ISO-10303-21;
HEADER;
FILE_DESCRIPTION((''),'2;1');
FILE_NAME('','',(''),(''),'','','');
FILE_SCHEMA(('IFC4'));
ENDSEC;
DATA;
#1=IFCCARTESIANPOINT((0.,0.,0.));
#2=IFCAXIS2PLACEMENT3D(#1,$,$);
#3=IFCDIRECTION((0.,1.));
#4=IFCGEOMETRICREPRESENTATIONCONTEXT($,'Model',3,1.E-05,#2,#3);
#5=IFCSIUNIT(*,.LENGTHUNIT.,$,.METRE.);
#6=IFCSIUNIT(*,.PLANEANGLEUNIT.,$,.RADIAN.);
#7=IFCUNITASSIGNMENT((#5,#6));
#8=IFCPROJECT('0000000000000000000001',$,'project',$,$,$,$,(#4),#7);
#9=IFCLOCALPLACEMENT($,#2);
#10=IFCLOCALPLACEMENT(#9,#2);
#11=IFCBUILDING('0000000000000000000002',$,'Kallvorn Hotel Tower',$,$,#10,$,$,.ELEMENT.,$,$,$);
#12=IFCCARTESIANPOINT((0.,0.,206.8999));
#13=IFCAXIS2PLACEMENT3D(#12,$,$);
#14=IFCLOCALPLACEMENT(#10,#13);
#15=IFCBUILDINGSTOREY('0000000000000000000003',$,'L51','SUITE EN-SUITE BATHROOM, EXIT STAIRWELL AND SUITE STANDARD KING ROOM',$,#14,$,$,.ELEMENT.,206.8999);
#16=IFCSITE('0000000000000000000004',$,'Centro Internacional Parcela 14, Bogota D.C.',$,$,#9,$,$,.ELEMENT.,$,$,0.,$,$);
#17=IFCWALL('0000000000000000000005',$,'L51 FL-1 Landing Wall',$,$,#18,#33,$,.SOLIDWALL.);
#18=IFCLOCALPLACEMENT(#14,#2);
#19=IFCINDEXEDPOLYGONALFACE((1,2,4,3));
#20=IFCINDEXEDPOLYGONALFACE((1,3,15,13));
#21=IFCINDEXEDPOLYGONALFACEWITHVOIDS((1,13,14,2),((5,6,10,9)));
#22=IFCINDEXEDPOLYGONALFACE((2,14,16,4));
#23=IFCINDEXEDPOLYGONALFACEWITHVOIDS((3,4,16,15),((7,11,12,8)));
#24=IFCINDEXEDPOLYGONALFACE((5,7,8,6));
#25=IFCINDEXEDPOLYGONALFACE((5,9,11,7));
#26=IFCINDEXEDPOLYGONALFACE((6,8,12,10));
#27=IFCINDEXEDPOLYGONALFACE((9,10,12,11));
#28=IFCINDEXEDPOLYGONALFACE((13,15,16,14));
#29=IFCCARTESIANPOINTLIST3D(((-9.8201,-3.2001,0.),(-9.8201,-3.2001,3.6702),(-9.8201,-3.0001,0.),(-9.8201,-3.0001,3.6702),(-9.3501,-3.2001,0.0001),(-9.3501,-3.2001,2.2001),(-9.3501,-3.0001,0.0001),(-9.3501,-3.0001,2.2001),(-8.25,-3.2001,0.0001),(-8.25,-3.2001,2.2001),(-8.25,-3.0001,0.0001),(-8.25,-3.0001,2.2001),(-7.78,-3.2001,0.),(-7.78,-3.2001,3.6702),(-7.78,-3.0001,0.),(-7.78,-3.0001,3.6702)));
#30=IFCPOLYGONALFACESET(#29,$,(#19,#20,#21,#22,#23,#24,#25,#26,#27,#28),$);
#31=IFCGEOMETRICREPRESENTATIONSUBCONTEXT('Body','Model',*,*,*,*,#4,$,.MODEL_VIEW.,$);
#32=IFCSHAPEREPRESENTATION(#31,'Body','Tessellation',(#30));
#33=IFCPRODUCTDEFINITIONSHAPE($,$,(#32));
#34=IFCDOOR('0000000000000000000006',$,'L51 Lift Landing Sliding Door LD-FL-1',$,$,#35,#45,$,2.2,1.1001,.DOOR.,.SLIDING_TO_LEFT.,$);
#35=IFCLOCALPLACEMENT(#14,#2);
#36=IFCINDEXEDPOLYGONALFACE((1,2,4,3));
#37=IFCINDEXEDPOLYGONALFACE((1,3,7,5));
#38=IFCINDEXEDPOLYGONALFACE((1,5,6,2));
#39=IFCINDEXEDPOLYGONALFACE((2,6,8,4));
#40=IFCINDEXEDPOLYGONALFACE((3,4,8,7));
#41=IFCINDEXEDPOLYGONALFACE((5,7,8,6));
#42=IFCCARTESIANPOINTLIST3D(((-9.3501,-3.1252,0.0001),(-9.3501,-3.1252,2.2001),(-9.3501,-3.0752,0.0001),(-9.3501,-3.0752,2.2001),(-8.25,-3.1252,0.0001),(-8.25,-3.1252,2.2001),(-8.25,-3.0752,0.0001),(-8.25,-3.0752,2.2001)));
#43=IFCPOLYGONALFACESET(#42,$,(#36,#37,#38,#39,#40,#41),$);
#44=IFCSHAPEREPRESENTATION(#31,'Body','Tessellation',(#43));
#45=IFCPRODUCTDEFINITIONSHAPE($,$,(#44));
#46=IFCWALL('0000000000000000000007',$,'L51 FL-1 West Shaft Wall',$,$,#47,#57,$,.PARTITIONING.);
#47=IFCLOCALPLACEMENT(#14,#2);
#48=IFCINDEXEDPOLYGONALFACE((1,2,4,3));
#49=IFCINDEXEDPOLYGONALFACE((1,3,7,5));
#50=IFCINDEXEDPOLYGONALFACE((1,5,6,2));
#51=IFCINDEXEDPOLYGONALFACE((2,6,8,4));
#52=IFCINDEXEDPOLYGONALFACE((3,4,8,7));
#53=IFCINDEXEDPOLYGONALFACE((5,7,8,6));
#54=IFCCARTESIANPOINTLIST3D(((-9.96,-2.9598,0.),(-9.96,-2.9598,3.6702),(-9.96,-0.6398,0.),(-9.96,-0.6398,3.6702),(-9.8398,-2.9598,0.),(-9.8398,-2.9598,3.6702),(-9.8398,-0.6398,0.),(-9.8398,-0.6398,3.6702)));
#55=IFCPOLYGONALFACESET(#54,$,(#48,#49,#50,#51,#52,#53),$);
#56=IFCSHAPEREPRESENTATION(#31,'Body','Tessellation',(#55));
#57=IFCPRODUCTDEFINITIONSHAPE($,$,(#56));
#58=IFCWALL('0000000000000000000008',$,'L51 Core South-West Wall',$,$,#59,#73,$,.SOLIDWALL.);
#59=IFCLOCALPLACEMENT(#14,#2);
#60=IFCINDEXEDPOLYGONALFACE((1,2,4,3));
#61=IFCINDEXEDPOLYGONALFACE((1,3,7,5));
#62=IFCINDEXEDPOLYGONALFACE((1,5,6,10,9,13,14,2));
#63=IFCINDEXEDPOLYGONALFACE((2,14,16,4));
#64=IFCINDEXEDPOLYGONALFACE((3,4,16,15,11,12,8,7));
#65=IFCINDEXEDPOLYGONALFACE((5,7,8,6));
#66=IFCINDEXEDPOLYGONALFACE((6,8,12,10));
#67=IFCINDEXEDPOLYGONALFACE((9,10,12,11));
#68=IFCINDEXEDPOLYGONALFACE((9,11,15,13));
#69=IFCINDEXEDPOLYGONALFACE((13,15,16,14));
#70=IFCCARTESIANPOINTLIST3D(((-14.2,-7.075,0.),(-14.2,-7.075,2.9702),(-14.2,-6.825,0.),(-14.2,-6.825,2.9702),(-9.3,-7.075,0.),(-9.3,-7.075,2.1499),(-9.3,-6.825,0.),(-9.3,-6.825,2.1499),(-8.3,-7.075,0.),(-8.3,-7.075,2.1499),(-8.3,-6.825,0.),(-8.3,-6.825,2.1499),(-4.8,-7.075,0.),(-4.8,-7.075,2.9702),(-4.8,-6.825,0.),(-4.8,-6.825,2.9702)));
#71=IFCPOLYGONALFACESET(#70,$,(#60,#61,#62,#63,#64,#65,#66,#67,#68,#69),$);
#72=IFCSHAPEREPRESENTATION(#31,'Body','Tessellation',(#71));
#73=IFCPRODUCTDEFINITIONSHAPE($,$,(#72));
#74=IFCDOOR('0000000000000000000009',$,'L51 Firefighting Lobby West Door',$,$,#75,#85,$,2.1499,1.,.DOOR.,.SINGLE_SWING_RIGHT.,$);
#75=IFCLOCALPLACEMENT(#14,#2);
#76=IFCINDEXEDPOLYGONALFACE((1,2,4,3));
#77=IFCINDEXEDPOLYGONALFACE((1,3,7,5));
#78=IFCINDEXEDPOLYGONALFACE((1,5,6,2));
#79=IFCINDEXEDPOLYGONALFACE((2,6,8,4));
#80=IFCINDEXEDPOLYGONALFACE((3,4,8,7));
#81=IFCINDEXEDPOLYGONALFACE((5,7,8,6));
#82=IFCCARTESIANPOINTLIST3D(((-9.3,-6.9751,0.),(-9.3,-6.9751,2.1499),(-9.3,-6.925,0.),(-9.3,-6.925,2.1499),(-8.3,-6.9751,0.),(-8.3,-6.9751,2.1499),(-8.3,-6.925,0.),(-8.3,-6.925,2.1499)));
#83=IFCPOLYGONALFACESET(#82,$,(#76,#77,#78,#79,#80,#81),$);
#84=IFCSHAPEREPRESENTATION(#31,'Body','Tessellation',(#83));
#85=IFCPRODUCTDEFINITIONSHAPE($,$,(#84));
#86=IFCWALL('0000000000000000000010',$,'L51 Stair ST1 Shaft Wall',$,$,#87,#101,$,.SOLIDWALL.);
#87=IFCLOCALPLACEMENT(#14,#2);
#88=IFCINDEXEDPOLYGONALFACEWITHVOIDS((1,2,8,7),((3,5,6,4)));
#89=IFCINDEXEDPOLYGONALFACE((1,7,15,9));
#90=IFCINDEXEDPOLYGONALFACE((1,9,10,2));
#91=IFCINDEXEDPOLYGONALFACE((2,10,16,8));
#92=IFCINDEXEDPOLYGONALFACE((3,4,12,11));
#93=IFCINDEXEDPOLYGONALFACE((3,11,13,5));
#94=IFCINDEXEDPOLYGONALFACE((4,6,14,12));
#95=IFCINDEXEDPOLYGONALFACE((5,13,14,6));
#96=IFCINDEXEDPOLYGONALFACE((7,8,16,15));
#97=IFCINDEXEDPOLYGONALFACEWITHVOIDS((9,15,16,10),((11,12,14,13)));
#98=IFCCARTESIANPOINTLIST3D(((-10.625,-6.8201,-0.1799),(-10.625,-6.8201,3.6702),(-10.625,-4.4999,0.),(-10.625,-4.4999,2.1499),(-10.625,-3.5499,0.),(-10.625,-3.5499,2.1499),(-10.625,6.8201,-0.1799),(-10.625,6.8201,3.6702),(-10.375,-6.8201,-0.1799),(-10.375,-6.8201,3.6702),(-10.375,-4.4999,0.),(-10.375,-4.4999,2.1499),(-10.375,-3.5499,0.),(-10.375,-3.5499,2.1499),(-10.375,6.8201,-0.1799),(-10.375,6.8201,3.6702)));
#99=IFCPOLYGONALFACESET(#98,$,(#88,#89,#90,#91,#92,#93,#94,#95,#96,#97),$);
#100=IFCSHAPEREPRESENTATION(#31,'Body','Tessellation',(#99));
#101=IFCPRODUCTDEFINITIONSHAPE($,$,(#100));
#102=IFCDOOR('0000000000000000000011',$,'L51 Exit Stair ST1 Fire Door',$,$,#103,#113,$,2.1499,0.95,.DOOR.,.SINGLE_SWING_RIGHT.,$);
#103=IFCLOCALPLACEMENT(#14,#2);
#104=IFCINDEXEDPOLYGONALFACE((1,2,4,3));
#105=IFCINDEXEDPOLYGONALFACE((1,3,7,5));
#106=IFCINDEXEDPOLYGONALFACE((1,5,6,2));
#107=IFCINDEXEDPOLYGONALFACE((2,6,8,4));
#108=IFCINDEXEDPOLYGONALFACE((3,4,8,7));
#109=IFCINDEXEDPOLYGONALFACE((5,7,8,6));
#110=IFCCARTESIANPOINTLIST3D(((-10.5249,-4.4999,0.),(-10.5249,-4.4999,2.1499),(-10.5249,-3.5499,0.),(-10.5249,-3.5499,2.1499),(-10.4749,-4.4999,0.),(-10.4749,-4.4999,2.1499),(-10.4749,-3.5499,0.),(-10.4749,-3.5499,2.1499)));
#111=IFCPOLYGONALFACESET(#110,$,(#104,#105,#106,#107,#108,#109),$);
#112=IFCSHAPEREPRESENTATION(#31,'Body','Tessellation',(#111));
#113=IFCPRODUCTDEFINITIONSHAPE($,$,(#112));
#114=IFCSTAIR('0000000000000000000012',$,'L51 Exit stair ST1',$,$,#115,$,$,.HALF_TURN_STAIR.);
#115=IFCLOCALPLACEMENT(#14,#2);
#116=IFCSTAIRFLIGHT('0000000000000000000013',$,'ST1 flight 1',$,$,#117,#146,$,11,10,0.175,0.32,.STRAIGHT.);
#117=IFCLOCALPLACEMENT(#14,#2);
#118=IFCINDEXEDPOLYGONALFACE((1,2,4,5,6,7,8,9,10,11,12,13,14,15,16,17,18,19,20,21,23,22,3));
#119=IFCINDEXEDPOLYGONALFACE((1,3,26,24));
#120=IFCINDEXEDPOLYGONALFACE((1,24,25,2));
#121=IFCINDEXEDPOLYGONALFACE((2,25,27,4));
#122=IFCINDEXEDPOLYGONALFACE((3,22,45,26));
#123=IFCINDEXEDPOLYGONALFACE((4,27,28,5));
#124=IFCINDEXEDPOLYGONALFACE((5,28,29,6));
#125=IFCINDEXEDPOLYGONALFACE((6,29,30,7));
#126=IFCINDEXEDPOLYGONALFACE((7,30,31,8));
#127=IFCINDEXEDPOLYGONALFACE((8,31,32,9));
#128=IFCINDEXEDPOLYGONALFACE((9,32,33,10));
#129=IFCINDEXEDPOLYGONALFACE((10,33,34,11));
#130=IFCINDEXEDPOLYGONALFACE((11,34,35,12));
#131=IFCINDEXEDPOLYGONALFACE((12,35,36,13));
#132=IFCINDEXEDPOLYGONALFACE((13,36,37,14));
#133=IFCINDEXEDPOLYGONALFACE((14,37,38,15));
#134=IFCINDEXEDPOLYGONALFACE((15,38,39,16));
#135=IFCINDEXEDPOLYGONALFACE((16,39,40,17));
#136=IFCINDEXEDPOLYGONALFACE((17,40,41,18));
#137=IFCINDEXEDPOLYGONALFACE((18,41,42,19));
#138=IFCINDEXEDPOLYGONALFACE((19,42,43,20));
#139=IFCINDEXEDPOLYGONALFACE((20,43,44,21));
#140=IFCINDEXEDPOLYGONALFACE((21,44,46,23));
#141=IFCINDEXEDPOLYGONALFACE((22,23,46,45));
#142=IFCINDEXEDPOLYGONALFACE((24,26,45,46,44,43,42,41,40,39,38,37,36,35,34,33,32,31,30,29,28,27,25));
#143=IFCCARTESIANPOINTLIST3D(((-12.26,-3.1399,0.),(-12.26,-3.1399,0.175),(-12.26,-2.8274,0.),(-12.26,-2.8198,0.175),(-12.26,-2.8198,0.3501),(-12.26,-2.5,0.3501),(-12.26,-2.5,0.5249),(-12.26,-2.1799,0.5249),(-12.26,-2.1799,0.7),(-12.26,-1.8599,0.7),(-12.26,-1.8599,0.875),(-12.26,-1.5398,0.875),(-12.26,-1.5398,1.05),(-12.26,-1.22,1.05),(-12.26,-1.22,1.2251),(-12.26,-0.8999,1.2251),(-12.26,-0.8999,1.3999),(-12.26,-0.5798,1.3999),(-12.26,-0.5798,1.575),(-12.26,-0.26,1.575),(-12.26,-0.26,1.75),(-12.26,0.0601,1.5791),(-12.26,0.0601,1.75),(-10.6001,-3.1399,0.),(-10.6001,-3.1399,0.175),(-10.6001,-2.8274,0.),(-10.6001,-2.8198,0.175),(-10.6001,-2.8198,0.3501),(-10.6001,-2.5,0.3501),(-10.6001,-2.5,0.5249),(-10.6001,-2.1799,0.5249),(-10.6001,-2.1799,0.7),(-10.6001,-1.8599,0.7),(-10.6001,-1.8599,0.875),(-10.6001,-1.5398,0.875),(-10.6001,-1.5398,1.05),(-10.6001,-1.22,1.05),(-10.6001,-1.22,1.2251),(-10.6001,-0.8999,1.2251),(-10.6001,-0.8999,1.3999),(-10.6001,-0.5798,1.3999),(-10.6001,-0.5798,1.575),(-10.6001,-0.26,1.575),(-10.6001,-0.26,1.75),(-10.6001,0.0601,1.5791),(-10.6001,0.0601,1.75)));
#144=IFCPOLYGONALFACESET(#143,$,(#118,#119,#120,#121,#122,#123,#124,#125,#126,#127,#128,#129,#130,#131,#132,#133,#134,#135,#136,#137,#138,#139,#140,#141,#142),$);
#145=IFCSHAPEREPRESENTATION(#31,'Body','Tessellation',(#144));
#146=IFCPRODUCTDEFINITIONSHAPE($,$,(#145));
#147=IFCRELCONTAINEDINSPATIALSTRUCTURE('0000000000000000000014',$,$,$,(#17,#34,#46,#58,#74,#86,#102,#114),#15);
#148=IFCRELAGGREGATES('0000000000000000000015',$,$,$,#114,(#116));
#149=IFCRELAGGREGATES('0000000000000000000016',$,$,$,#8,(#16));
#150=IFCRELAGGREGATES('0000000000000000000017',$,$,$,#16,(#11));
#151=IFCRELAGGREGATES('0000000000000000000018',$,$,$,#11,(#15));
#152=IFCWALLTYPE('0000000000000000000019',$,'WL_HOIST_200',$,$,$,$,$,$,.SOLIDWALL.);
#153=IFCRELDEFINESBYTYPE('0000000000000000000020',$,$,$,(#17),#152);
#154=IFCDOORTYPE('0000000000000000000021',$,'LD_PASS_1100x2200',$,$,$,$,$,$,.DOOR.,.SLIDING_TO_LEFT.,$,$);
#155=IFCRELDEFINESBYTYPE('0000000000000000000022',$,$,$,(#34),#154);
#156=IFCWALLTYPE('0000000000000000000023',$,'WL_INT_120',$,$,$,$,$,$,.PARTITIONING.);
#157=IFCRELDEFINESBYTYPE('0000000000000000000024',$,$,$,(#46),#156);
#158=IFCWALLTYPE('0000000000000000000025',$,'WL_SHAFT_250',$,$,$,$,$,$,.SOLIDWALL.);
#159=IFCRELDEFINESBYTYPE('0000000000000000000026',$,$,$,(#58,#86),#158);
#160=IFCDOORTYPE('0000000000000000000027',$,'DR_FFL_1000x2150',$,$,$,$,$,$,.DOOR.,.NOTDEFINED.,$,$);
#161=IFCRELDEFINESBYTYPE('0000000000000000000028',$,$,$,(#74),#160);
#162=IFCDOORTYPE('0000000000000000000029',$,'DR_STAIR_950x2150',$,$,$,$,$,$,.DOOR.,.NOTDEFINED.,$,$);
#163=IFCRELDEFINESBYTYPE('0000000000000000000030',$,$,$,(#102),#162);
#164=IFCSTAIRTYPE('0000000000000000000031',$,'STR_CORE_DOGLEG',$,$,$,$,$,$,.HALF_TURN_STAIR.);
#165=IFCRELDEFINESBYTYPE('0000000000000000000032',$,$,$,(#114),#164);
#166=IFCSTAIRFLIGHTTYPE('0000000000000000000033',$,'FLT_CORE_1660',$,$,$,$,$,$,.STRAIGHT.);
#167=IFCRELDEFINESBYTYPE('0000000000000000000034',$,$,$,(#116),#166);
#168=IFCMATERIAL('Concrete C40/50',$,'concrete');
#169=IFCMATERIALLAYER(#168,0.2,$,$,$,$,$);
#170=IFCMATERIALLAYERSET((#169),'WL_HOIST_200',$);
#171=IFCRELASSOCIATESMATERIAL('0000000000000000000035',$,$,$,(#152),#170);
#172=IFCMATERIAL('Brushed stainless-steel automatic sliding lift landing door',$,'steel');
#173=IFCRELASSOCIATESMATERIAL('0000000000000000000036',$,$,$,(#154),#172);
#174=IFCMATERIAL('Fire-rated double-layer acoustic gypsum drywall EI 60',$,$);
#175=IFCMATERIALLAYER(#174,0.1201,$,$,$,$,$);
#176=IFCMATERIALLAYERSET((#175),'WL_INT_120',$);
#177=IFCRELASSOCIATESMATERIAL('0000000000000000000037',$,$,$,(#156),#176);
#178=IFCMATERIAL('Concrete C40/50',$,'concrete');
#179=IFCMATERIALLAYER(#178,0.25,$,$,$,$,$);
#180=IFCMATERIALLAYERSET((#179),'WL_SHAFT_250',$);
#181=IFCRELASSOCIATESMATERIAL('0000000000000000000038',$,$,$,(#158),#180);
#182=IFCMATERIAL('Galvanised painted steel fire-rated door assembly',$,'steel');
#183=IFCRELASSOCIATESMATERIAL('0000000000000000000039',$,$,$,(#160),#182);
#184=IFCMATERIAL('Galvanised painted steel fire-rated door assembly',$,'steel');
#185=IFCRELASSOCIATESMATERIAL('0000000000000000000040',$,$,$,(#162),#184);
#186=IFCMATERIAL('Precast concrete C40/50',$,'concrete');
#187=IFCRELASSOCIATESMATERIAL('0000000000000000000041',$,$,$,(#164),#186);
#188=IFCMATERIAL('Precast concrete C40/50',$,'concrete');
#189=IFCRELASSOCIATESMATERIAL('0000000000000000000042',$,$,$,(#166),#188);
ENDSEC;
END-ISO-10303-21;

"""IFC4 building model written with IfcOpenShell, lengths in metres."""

from ifc_helpers import new_model, si_unit, direction, frame, frame_2d, origin, place, context, subcontext, project, spatial, polyline, rectangle, outline, extrude, material, layer, layer_set, type_object, element, fill, aggregate, save


model = new_model("IFC4")

# Units and contexts
model_context = context("Model", 3, precision=1e-05, world=origin(), true_north=direction((0.0, 1.0)))
body_context = subcontext(model_context, "Body", "Model", "MODEL_VIEW")
ifc_project = project(units=[si_unit("LENGTHUNIT", "METRE"), si_unit("PLANEANGLEUNIT", "RADIAN")], contexts=[model_context])

# Site, building, storey
site_placement = place(None, origin())
site = spatial("IfcSite", under=ifc_project, at=site_placement, Name="Centro Internacional Parcela 14, Bogota D.C.", CompositionType="ELEMENT", RefElevation=0.0)
building_placement = place(site_placement, origin())
building = spatial("IfcBuilding", under=site, at=building_placement, Name="Kallvorn Hotel Tower", CompositionType="ELEMENT")
storey_placement = place(building_placement, frame((0.0, 0.0, 206.8999)))
storey = spatial("IfcBuildingStorey", under=building, at=storey_placement, Name="L51", Description="SUITE EN-SUITE BATHROOM, EXIT STAIRWELL AND SUITE STANDARD KING ROOM", CompositionType="ELEMENT", Elevation=206.8999)

# Shared definitions
ifc_material_1 = material(Name="Concrete C40/50", Category="concrete")
ifc_layer_1 = layer(ifc_material_1, 0.2)
ifc_layer_set_1 = layer_set([ifc_layer_1], Name="WL_HOIST_200")
wall_type_1 = type_object("IfcWallType", Name="WL_HOIST_200", PredefinedType="SOLIDWALL", material=ifc_layer_set_1)

# Wall, opening, door
wall_1_placement = place(storey_placement, frame((-9.8201, -3.1001, 0.0), z_axis=(0.0, 0.0, 1.0), x_axis=(1.0, 0.0, 0.0)))
wall_1 = element("IfcWall", 1, at=wall_1_placement, inside=storey, type_object=wall_type_1, Name="L51 FL-1 Landing Wall", PredefinedType="SOLIDWALL", context=body_context, shape_type="SweptSolid", body=[
    extrude(rectangle(XDim=2.04, YDim=0.2, at=frame_2d((1.02, 0.0))), origin(), (0.0, 0.0, 1.0), 3.6702),
])
opening_1_placement = place(wall_1_placement, frame((0.47, 0.0, 0.0)))
opening_1 = element("IfcOpeningElement", 2, at=opening_1_placement, cuts=wall_1, PredefinedType="OPENING", context=body_context, shape_type="SweptSolid", body=[
    extrude(rectangle(XDim=1.1001, YDim=2.2, at=frame_2d((0.55, 1.1001))), frame((0.0, 0.115, 0.0), z_axis=(0.0, -1.0, 0.0), x_axis=(1.0, 0.0, 0.0)), (0.0, 0.0, 1.0), 0.23),
])
ifc_material_2 = material(Name="Brushed stainless-steel automatic sliding lift landing door", Category="steel")
door_type_1 = type_object("IfcDoorType", Name="LD_PASS_1100x2200", OperationType="SLIDING_TO_LEFT", PredefinedType="DOOR", material=ifc_material_2)
door_1_placement = place(opening_1_placement, origin())
door_1 = element("IfcDoor", 3, at=door_1_placement, inside=storey, type_object=door_type_1, Name="L51 Lift Landing Sliding Door LD-FL-1", OperationType="SLIDING_TO_LEFT", OverallHeight=2.2, OverallWidth=1.1001, PredefinedType="DOOR", context=body_context, shape_type="SweptSolid", body=[
    extrude(rectangle(XDim=1.1001, YDim=2.2, at=frame_2d((0.55, 1.1001))), frame((0.0, 0.0249, 0.0), z_axis=(0.0, -1.0, 0.0), x_axis=(1.0, 0.0, 0.0)), (0.0, 0.0, 1.0), 0.05),
])
fill(opening_1, door_1)

# Wall
ifc_material_3 = material(Name="Fire-rated double-layer acoustic gypsum drywall EI 60")
ifc_layer_2 = layer(ifc_material_3, 0.1201)
ifc_layer_set_2 = layer_set([ifc_layer_2], Name="WL_INT_120")
wall_type_2 = type_object("IfcWallType", Name="WL_INT_120", PredefinedType="PARTITIONING", material=ifc_layer_set_2)
wall_2_placement = place(storey_placement, frame((-9.8999, -2.96, 0.0), z_axis=(0.0, 0.0, 1.0), x_axis=(0.0, 1.0, 0.0)))
element("IfcWall", 4, at=wall_2_placement, inside=storey, type_object=wall_type_2, Name="L51 FL-1 West Shaft Wall", PredefinedType="PARTITIONING", context=body_context, shape_type="SweptSolid", body=[
    extrude(rectangle(XDim=2.3201, YDim=0.1201, at=frame_2d((1.1602, 0.0))), origin(), (0.0, 0.0, 1.0), 3.6702),
])

# Walls, openings, doors
ifc_material_4 = material(Name="Concrete C40/50", Category="concrete")
ifc_layer_3 = layer(ifc_material_4, 0.25)
ifc_layer_set_3 = layer_set([ifc_layer_3], Name="WL_SHAFT_250")
wall_type_3 = type_object("IfcWallType", Name="WL_SHAFT_250", PredefinedType="SOLIDWALL", material=ifc_layer_set_3)
wall_3_placement = place(storey_placement, frame((-14.2, -6.95, 0.0), z_axis=(0.0, 0.0, 1.0), x_axis=(1.0, 0.0, 0.0)))
wall_3 = element("IfcWall", 5, at=wall_3_placement, inside=storey, type_object=wall_type_3, Name="L51 Core South-West Wall", PredefinedType="SOLIDWALL", context=body_context, shape_type="SweptSolid", body=[
    extrude(rectangle(XDim=9.3999, YDim=0.25, at=frame_2d((4.7, 0.0))), origin(), (0.0, 0.0, 1.0), 2.9702),
])
opening_2_placement = place(wall_3_placement, frame((4.8999, 0.0, 0.0)))
opening_2 = element("IfcOpeningElement", 6, at=opening_2_placement, cuts=wall_3, PredefinedType="OPENING", context=body_context, shape_type="SweptSolid", body=[
    extrude(rectangle(XDim=1.0, YDim=2.1499, at=frame_2d((0.5, 1.075))), frame((0.0, 0.1399, 0.0), z_axis=(0.0, -1.0, 0.0), x_axis=(1.0, 0.0, 0.0)), (0.0, 0.0, 1.0), 0.28),
])
ifc_material_5 = material(Name="Galvanised painted steel fire-rated door assembly", Category="steel")
door_type_2 = type_object("IfcDoorType", Name="DR_FFL_1000x2150", OperationType="NOTDEFINED", PredefinedType="DOOR", material=ifc_material_5)
door_2_placement = place(opening_2_placement, origin())
door_2 = element("IfcDoor", 7, at=door_2_placement, inside=storey, type_object=door_type_2, Name="L51 Firefighting Lobby West Door", OperationType="SINGLE_SWING_RIGHT", OverallHeight=2.1499, OverallWidth=1.0, PredefinedType="DOOR", context=body_context, shape_type="SweptSolid", body=[
    extrude(rectangle(XDim=1.0, YDim=2.1499, at=frame_2d((0.5, 1.075))), frame((0.0, 0.0249, 0.0), z_axis=(0.0, -1.0, 0.0), x_axis=(1.0, 0.0, 0.0)), (0.0, 0.0, 1.0), 0.05),
])
fill(opening_2, door_2)
wall_4_placement = place(storey_placement, frame((-10.5, -6.8201, -0.1799), z_axis=(0.0, 0.0, 1.0), x_axis=(0.0, 1.0, 0.0)))
wall_4 = element("IfcWall", 8, at=wall_4_placement, inside=storey, type_object=wall_type_3, Name="L51 Stair ST1 Shaft Wall", PredefinedType="SOLIDWALL", context=body_context, shape_type="SweptSolid", body=[
    extrude(rectangle(XDim=13.6401, YDim=0.25, at=frame_2d((6.8201, 0.0))), origin(), (0.0, 0.0, 1.0), 3.8501),
])
opening_3_placement = place(wall_4_placement, frame((2.3201, 0.0, 0.1799)))
opening_3 = element("IfcOpeningElement", 9, at=opening_3_placement, cuts=wall_4, PredefinedType="OPENING", context=body_context, shape_type="SweptSolid", body=[
    extrude(rectangle(XDim=0.95, YDim=2.1499, at=frame_2d((0.4751, 1.075))), frame((0.0, 0.1399, 0.0), z_axis=(0.0, -1.0, 0.0), x_axis=(1.0, 0.0, 0.0)), (0.0, 0.0, 1.0), 0.28),
])
ifc_material_6 = material(Name="Galvanised painted steel fire-rated door assembly", Category="steel")
door_type_3 = type_object("IfcDoorType", Name="DR_STAIR_950x2150", OperationType="NOTDEFINED", PredefinedType="DOOR", material=ifc_material_6)
door_3_placement = place(opening_3_placement, origin())
door_3 = element("IfcDoor", 10, at=door_3_placement, inside=storey, type_object=door_type_3, Name="L51 Exit Stair ST1 Fire Door", OperationType="SINGLE_SWING_RIGHT", OverallHeight=2.1499, OverallWidth=0.95, PredefinedType="DOOR", context=body_context, shape_type="SweptSolid", body=[
    extrude(rectangle(XDim=0.95, YDim=2.1499, at=frame_2d((0.4751, 1.075))), frame((0.0, 0.0249, 0.0), z_axis=(0.0, -1.0, 0.0), x_axis=(1.0, 0.0, 0.0)), (0.0, 0.0, 1.0), 0.05),
])
fill(opening_3, door_3)

# Stair, stair flight
ifc_material_7 = material(Name="Precast concrete C40/50", Category="concrete")
stair_type = type_object("IfcStairType", Name="STR_CORE_DOGLEG", PredefinedType="HALF_TURN_STAIR", material=ifc_material_7)
stair_placement = place(storey_placement, origin())
stair = element("IfcStair", 11, at=stair_placement, inside=storey, type_object=stair_type, Name="L51 Exit stair ST1", PredefinedType="HALF_TURN_STAIR")
ifc_material_8 = material(Name="Precast concrete C40/50", Category="concrete")
stair_flight_type = type_object("IfcStairFlightType", Name="FLT_CORE_1660", PredefinedType="STRAIGHT", material=ifc_material_8)
stair_flight_placement = place(storey_placement, frame((-11.4299, -3.1399, 0.0), z_axis=(0.0, 0.0, 1.0), x_axis=(0.0, 1.0, 0.0)))
stair_flight = element("IfcStairFlight", 12, at=stair_flight_placement, type_object=stair_flight_type, Name="ST1 flight 1", NumberOfRisers=11, NumberOfTreads=10, PredefinedType="STRAIGHT", RiserHeight=0.175, TreadLength=0.32, context=body_context, shape_type="SweptSolid", body=[
    extrude(outline(polyline([(0.0, 0.0), (0.0, 0.175), (0.3201, 0.175), (0.3201, 0.3501), (0.6399, 0.3501), (0.6399, 0.5249), (0.96, 0.5249), (0.96, 0.7), (1.28, 0.7), (1.28, 0.875), (1.6001, 0.875), (1.6001, 1.05), (1.9199, 1.05), (1.9199, 1.2251), (2.24, 1.2251), (2.24, 1.3999), (2.5601, 1.3999), (2.5601, 1.575), (2.8799, 1.575), (2.8799, 1.75), (3.2, 1.75), (3.2, 1.925), (3.2, 1.5791), (0.3125, 0.0), (0.0, 0.0)])), frame((0.0, 0.8301, 0.0), z_axis=(0.0, -1.0, 0.0), x_axis=(1.0, 0.0, 0.0)), (0.0, 0.0, 1.0), 1.6599),
])
aggregate(stair, [stair_flight])

save(model, "model.ifc")
